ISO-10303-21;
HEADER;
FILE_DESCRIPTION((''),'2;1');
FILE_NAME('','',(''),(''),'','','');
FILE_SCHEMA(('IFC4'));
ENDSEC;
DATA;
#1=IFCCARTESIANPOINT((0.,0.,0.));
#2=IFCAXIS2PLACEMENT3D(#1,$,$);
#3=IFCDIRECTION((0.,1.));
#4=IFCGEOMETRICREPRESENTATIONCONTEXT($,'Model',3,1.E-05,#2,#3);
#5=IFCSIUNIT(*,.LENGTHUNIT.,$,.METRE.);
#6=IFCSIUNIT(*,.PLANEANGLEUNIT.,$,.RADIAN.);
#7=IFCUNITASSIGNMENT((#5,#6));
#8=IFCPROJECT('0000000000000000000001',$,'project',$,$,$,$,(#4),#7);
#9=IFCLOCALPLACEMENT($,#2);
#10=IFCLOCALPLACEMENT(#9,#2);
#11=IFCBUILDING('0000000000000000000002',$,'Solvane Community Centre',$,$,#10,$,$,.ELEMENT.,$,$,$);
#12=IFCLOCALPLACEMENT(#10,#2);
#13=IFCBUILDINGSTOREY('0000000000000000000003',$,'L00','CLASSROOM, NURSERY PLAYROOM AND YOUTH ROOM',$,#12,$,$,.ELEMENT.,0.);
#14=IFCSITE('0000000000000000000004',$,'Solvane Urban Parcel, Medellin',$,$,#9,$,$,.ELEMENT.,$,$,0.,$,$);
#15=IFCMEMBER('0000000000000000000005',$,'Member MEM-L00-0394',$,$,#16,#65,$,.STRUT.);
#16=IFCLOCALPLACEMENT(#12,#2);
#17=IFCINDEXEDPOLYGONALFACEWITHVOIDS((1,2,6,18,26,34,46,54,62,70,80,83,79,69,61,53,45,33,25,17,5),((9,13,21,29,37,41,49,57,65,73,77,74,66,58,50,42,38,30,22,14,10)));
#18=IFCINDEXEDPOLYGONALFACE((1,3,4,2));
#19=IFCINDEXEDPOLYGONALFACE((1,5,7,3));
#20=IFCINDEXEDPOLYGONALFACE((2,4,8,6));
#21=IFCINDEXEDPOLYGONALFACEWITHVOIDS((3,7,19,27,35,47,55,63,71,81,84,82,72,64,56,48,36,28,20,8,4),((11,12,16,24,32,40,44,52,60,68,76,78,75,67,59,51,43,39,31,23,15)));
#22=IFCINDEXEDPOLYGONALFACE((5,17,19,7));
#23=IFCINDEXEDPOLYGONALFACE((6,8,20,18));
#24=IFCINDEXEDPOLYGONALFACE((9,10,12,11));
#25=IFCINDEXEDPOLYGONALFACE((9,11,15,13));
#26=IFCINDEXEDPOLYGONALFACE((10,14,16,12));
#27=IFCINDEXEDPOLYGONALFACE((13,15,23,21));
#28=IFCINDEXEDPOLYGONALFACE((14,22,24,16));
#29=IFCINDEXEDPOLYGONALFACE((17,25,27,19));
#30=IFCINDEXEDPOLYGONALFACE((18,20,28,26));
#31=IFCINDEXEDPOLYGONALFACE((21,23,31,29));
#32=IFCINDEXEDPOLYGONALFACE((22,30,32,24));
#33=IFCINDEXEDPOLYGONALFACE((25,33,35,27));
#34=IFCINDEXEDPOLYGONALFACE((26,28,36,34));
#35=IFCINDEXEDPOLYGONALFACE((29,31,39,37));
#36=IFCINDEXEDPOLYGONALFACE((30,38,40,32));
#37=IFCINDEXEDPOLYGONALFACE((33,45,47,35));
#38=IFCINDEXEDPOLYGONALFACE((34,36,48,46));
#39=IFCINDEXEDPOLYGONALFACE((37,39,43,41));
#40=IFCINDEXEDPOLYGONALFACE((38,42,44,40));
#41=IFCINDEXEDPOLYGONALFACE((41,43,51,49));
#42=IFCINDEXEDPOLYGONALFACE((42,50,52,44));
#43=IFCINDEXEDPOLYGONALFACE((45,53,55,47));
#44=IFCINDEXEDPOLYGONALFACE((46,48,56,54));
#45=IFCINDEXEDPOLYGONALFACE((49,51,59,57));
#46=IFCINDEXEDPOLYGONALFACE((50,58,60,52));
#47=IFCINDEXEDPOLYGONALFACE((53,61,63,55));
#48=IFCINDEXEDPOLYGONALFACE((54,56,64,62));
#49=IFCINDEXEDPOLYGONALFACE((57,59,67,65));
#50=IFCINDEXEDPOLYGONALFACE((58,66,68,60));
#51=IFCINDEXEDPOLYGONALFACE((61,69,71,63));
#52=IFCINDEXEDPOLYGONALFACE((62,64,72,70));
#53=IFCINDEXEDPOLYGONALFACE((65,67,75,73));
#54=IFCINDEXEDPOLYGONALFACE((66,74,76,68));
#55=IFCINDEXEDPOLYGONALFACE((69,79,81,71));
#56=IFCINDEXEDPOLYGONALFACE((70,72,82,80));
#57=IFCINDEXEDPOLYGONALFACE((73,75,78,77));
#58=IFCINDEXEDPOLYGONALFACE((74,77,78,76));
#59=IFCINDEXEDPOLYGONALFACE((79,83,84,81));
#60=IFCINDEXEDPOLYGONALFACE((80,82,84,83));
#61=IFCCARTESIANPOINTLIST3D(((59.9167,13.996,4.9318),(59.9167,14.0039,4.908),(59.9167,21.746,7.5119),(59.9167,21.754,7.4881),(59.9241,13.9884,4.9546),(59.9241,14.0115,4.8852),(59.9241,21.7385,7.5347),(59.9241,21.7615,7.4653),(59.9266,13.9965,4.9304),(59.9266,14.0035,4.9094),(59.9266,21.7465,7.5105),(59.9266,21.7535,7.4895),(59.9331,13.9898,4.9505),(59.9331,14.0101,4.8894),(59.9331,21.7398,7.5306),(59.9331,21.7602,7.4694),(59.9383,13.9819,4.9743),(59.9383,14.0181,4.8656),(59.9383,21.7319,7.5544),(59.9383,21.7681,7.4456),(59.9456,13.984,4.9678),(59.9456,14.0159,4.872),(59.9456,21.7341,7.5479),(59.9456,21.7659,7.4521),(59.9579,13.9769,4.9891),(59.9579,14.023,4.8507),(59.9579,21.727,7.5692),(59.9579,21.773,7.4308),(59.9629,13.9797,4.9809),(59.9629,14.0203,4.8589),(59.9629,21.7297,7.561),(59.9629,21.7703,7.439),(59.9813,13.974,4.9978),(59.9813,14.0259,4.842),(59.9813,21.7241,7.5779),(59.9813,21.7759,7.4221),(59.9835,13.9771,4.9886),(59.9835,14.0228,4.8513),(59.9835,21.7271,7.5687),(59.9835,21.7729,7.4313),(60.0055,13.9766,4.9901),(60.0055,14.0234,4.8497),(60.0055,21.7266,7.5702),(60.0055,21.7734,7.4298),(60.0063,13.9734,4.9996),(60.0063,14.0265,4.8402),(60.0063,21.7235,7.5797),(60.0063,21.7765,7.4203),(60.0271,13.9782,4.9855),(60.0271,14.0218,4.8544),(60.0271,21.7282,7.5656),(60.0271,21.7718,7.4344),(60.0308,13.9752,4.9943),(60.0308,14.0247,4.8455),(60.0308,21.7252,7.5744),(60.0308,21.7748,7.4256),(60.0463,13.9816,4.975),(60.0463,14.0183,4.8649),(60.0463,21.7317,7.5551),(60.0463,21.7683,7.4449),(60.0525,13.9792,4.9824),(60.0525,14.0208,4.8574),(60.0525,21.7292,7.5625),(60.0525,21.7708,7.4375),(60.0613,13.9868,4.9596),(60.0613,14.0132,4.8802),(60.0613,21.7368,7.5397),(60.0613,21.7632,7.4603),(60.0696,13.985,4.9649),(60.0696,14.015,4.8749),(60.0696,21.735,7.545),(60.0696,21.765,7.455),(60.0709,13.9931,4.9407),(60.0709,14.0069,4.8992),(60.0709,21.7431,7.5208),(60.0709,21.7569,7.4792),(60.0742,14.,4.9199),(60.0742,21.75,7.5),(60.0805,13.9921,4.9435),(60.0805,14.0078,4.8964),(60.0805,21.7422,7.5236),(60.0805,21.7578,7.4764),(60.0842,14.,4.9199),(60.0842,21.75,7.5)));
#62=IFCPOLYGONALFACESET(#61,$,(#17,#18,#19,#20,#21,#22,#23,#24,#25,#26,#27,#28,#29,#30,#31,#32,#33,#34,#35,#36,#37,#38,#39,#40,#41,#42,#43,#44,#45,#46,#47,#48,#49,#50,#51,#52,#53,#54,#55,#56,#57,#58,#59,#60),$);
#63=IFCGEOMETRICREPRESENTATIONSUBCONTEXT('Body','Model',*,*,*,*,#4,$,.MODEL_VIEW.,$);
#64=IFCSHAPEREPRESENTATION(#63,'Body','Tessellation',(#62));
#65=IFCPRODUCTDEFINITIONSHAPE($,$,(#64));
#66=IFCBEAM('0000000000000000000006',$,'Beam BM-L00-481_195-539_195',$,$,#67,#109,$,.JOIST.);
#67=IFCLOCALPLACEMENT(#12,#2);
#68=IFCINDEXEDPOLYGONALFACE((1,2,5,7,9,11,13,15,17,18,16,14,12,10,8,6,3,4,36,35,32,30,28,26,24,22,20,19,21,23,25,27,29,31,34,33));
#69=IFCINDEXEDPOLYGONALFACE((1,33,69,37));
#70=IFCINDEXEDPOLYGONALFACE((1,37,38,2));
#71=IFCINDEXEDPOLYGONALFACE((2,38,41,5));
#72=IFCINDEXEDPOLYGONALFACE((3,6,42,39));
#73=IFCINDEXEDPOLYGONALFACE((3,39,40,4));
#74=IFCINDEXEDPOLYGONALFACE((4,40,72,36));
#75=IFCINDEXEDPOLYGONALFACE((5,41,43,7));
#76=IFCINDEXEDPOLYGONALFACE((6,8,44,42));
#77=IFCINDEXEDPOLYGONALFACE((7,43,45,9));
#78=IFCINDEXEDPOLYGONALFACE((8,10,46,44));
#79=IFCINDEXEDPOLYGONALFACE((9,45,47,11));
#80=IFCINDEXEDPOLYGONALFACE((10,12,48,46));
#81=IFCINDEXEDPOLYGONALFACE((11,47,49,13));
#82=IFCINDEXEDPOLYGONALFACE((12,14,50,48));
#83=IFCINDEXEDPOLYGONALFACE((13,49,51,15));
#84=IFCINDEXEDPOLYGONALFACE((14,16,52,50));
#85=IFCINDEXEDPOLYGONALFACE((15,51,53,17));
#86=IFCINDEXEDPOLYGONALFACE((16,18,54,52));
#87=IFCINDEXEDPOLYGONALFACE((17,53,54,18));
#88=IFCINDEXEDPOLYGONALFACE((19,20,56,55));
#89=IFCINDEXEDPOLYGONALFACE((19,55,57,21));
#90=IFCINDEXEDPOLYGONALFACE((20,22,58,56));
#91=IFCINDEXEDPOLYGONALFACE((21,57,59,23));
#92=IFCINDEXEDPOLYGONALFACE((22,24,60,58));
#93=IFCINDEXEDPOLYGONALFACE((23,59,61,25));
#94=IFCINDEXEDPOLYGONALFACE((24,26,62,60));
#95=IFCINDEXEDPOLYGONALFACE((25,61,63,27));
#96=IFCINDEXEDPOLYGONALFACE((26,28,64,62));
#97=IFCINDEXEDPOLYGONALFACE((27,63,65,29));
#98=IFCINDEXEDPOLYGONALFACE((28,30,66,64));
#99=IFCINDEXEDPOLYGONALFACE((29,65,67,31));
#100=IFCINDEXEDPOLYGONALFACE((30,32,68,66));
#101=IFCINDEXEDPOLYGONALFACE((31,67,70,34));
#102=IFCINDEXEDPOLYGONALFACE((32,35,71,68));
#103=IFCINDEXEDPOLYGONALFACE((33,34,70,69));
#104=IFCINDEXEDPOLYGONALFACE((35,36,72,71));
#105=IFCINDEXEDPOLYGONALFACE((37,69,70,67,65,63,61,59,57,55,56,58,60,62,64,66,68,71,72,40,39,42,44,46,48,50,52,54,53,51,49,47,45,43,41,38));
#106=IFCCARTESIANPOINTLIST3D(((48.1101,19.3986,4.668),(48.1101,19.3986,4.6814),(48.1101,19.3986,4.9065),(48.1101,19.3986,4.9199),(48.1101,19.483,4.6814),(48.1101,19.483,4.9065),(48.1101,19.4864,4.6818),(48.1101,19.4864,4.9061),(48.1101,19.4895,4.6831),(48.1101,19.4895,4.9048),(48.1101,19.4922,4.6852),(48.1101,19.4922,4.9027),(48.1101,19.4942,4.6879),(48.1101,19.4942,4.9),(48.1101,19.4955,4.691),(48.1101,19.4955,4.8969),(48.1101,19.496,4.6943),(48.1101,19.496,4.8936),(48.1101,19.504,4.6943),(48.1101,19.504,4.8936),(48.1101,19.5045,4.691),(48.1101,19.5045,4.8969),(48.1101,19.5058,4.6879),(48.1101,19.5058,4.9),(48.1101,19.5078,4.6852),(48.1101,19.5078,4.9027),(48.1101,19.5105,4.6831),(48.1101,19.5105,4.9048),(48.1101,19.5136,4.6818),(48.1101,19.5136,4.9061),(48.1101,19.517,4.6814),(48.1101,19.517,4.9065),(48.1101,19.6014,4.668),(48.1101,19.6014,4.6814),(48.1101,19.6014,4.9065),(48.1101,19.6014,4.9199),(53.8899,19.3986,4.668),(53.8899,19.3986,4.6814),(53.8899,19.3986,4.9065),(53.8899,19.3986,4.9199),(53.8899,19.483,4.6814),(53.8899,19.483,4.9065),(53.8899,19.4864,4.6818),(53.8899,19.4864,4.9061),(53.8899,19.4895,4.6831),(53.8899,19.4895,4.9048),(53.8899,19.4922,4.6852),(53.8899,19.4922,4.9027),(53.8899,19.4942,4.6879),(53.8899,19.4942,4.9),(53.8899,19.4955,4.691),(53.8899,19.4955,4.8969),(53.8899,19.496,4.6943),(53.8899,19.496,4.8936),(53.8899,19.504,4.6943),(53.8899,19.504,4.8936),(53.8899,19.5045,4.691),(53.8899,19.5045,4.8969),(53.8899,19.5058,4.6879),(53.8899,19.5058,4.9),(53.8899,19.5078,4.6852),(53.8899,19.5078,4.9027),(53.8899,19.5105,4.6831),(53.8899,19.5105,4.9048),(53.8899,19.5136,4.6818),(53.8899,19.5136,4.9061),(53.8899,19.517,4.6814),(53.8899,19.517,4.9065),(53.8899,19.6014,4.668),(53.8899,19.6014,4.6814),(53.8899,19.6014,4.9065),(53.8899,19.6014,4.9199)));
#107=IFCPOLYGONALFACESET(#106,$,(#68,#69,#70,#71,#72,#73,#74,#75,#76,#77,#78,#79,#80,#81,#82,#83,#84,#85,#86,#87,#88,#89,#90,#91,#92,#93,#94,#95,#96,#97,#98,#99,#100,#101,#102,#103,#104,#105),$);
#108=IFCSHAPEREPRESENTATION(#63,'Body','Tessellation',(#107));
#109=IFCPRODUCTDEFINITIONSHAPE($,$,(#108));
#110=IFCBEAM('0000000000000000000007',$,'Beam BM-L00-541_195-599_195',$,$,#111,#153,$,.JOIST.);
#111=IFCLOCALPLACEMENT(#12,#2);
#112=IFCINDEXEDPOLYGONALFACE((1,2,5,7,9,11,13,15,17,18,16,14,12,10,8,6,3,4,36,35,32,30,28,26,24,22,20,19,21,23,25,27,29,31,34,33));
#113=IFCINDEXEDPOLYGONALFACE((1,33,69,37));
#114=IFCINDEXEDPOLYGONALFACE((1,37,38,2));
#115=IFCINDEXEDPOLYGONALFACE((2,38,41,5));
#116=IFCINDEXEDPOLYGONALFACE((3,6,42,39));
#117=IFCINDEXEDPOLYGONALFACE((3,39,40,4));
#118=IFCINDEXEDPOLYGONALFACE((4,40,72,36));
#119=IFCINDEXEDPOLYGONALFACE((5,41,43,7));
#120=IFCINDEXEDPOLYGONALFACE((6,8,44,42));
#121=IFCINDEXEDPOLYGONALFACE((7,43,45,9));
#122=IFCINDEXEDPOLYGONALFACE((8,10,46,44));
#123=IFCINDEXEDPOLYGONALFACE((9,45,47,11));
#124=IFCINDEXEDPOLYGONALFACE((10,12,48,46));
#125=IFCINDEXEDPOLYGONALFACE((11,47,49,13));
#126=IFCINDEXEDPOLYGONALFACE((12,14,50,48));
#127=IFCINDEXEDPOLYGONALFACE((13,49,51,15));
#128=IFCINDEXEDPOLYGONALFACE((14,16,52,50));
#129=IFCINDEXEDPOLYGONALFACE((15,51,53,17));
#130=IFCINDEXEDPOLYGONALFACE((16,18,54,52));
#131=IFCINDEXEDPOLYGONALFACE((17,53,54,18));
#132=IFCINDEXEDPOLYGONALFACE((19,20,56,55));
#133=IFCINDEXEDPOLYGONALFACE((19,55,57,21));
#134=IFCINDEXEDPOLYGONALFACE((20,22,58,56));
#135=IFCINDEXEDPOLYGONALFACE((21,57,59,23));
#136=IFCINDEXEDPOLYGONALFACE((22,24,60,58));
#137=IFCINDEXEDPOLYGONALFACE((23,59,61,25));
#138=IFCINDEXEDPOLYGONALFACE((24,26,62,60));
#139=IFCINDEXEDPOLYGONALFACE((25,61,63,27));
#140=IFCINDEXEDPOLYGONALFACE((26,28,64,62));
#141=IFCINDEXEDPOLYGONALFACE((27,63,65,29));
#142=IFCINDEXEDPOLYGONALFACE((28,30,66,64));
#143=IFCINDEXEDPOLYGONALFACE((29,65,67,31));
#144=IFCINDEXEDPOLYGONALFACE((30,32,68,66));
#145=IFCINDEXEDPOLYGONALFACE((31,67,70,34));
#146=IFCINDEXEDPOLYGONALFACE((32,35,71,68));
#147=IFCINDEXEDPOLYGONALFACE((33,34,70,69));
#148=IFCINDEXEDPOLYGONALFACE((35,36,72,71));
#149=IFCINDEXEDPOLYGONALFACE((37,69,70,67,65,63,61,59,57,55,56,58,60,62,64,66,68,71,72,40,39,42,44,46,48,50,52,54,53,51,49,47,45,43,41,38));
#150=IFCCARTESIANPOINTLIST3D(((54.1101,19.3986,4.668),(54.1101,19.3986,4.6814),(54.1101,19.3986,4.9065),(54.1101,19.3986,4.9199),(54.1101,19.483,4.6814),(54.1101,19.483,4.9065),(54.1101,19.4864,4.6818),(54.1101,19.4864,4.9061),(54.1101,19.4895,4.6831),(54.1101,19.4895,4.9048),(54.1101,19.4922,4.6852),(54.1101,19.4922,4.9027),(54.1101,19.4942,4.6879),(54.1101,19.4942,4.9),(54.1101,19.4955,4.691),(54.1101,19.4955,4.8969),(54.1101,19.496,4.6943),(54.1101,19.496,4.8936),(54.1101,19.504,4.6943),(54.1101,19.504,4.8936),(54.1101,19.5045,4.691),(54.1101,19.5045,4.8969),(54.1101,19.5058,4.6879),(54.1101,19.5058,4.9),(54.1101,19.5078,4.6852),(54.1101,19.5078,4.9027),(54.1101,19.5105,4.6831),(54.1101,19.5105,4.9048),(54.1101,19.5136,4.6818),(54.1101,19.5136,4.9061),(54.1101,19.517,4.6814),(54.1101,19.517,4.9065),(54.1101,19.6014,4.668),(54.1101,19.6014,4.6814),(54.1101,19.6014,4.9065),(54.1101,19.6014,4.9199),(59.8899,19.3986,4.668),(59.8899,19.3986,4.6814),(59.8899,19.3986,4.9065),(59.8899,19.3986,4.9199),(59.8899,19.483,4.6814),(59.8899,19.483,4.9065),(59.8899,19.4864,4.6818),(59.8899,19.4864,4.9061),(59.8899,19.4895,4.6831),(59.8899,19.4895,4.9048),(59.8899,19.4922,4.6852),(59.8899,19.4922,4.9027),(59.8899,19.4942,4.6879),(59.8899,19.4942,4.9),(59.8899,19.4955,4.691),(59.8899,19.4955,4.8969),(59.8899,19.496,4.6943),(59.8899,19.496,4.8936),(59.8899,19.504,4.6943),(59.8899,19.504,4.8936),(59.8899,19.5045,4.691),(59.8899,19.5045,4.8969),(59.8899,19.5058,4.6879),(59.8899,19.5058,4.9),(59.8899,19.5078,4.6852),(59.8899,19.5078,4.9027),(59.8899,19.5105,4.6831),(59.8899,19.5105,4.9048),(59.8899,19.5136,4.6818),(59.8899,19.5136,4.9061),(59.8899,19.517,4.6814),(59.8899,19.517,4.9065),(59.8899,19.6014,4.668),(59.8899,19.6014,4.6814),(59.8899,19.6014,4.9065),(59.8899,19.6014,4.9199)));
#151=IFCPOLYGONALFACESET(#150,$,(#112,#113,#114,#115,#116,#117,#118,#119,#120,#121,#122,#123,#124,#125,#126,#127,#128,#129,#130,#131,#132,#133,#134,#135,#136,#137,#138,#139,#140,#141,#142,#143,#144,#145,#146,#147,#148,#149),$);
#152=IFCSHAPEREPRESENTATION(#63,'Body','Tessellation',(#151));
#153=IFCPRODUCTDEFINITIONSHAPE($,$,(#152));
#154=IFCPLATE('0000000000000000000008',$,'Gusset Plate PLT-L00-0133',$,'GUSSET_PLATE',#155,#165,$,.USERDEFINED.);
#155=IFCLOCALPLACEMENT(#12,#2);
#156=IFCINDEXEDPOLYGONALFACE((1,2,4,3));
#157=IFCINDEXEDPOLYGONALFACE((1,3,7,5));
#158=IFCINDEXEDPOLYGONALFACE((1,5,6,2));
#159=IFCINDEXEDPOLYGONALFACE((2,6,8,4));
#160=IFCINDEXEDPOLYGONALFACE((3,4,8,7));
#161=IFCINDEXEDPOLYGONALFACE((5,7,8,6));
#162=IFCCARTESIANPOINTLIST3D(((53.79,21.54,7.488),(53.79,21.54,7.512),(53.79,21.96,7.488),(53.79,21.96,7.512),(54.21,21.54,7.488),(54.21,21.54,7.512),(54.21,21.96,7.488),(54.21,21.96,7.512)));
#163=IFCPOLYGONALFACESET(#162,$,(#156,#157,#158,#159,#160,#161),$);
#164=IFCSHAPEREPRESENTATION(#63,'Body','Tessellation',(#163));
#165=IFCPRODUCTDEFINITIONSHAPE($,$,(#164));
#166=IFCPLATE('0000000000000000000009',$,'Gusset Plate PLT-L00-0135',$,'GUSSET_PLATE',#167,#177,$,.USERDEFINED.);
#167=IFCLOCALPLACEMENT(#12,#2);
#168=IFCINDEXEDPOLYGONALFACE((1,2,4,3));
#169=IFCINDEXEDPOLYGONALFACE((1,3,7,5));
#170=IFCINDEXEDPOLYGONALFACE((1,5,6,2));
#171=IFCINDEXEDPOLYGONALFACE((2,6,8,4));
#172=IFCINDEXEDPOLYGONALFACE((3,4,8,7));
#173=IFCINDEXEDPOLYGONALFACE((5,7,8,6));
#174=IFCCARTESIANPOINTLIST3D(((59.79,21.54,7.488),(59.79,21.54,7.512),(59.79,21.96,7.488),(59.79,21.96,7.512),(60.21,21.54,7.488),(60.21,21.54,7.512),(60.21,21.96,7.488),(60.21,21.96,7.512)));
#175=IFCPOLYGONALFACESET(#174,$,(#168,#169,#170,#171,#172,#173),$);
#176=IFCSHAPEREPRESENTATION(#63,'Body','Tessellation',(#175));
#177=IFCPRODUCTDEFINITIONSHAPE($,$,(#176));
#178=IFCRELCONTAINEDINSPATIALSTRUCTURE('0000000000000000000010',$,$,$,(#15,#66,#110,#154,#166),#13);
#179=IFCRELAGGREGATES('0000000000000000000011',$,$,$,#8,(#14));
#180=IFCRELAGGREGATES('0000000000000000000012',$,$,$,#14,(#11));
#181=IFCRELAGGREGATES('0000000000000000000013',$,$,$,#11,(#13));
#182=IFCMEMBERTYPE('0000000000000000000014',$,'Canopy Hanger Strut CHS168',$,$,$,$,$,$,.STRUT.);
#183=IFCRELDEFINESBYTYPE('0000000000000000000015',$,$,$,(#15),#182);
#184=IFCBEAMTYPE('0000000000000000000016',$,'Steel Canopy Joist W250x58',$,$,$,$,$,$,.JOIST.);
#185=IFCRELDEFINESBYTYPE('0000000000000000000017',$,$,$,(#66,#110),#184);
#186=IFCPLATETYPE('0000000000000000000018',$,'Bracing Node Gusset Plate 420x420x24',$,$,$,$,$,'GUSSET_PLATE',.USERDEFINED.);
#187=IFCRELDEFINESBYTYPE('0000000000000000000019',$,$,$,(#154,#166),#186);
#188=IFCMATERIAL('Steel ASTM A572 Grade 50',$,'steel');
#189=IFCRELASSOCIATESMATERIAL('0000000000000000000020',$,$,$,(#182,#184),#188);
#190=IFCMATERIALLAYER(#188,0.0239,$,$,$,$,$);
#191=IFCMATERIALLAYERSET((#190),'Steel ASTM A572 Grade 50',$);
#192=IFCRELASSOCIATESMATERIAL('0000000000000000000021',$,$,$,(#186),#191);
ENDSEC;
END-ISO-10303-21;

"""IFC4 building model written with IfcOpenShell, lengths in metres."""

from ifc_helpers import new_model, si_unit, direction, frame, origin, origin_2d, place, context, subcontext, project, spatial, rectangle, hollow_circle, i_section, extrude, material, layer, layer_set, material_profile, profile_set, type_object, element, save


model = new_model("IFC4")

# Units and contexts
model_context = context("Model", 3, precision=1e-05, world=origin(), true_north=direction((0.0, 1.0)))
body_context = subcontext(model_context, "Body", "Model", "MODEL_VIEW")
ifc_project = project(units=[si_unit("LENGTHUNIT", "METRE"), si_unit("PLANEANGLEUNIT", "RADIAN")], contexts=[model_context])

# Site, building, storey
site_placement = place(None, origin())
site = spatial("IfcSite", under=ifc_project, at=site_placement, Name="Solvane Urban Parcel, Medellin", CompositionType="ELEMENT", RefElevation=0.0)
building_placement = place(site_placement, origin())
building = spatial("IfcBuilding", under=site, at=building_placement, Name="Solvane Community Centre", CompositionType="ELEMENT")
storey_placement = place(building_placement, origin())
storey = spatial("IfcBuildingStorey", under=building, at=storey_placement, Name="L00", Description="CLASSROOM, NURSERY PLAYROOM AND YOUTH ROOM", CompositionType="ELEMENT", Elevation=0.0)

# Member
ifc_material_1 = material(Name="Steel ASTM A572 Grade 50", Category="steel")
ifc_material_profile_1 = material_profile(ifc_material_1, hollow_circle(Radius=0.0842, WallThickness=0.01, at=origin_2d()), Name="CHS 168.3x10.0")
ifc_profile_set_1 = profile_set([ifc_material_profile_1], Name="Steel ASTM A572 Grade 50")
member_type = type_object("IfcMemberType", Name="Canopy Hanger Strut CHS168", PredefinedType="STRUT", material=ifc_profile_set_1)
for number, where, z_axis, x_axis, name in (
    (1, (60.0, 21.75, 7.5), (0.0, -0.948803, -0.315869), (1.0, 0.0, 0.0), "Member MEM-L00-0394"),
):
    element("IfcMember", number, at=place(storey_placement, frame(where, z_axis=z_axis, x_axis=x_axis)), inside=storey, type_object=member_type, Name=name, PredefinedType="STRUT", context=body_context, shape_type="SweptSolid", body=[
        extrude(hollow_circle(Radius=0.0842, WallThickness=0.01, at=origin_2d()), origin(), (0.0, 0.0, 1.0), 8.1682),
    ])

# Beams
ifc_material_profile_2 = material_profile(ifc_material_1, i_section(OverallWidth=0.2029, OverallDepth=0.252, WebThickness=0.0081, FlangeThickness=0.0134, FilletRadius=0.0129, at=origin_2d()), Name="W250x58")
ifc_profile_set_2 = profile_set([ifc_material_profile_2], Name="Steel ASTM A572 Grade 50")
beam_type = type_object("IfcBeamType", Name="Steel Canopy Joist W250x58", PredefinedType="JOIST", material=ifc_profile_set_2)
for number, where, z_axis, x_axis, name in (
    (2, (48.1101, 19.5, 4.7939), (1.0, 0.0, 0.0), (0.0, 1.0, 0.0), "Beam BM-L00-481_195-539_195"),
    (3, (54.1101, 19.5, 4.7939), (1.0, 0.0, 0.0), (0.0, 1.0, 0.0), "Beam BM-L00-541_195-599_195"),
):
    element("IfcBeam", number, at=place(storey_placement, frame(where, z_axis=z_axis, x_axis=x_axis)), inside=storey, type_object=beam_type, Name=name, PredefinedType="JOIST", context=body_context, shape_type="SweptSolid", body=[
        extrude(i_section(OverallWidth=0.2029, OverallDepth=0.252, WebThickness=0.0081, FlangeThickness=0.0134, FilletRadius=0.0129, at=origin_2d()), origin(), (0.0, 0.0, 1.0), 5.7798),
    ])

# Plates
ifc_layer_1 = layer(ifc_material_1, 0.0239)
ifc_layer_set_1 = layer_set([ifc_layer_1], Name="Steel ASTM A572 Grade 50")
plate_type = type_object("IfcPlateType", Name="Bracing Node Gusset Plate 420x420x24", ElementType="GUSSET_PLATE", PredefinedType="USERDEFINED", material=ifc_layer_set_1)
for number, where, z_axis, x_axis, name in (
    (4, (54.0, 21.75, 7.488), (0.0, 0.0, 1.0), (1.0, 0.0, 0.0), "Gusset Plate PLT-L00-0133"),
    (5, (60.0, 21.75, 7.488), (0.0, 0.0, 1.0), (1.0, 0.0, 0.0), "Gusset Plate PLT-L00-0135"),
):
    element("IfcPlate", number, at=place(storey_placement, frame(where, z_axis=z_axis, x_axis=x_axis)), inside=storey, type_object=plate_type, Name=name, ObjectType="GUSSET_PLATE", PredefinedType="USERDEFINED", context=body_context, shape_type="SweptSolid", body=[
        extrude(rectangle(XDim=0.4199, YDim=0.4199, at=origin_2d()), origin(), (0.0, 0.0, 1.0), 0.0239),
    ])

save(model, "model.ifc")
